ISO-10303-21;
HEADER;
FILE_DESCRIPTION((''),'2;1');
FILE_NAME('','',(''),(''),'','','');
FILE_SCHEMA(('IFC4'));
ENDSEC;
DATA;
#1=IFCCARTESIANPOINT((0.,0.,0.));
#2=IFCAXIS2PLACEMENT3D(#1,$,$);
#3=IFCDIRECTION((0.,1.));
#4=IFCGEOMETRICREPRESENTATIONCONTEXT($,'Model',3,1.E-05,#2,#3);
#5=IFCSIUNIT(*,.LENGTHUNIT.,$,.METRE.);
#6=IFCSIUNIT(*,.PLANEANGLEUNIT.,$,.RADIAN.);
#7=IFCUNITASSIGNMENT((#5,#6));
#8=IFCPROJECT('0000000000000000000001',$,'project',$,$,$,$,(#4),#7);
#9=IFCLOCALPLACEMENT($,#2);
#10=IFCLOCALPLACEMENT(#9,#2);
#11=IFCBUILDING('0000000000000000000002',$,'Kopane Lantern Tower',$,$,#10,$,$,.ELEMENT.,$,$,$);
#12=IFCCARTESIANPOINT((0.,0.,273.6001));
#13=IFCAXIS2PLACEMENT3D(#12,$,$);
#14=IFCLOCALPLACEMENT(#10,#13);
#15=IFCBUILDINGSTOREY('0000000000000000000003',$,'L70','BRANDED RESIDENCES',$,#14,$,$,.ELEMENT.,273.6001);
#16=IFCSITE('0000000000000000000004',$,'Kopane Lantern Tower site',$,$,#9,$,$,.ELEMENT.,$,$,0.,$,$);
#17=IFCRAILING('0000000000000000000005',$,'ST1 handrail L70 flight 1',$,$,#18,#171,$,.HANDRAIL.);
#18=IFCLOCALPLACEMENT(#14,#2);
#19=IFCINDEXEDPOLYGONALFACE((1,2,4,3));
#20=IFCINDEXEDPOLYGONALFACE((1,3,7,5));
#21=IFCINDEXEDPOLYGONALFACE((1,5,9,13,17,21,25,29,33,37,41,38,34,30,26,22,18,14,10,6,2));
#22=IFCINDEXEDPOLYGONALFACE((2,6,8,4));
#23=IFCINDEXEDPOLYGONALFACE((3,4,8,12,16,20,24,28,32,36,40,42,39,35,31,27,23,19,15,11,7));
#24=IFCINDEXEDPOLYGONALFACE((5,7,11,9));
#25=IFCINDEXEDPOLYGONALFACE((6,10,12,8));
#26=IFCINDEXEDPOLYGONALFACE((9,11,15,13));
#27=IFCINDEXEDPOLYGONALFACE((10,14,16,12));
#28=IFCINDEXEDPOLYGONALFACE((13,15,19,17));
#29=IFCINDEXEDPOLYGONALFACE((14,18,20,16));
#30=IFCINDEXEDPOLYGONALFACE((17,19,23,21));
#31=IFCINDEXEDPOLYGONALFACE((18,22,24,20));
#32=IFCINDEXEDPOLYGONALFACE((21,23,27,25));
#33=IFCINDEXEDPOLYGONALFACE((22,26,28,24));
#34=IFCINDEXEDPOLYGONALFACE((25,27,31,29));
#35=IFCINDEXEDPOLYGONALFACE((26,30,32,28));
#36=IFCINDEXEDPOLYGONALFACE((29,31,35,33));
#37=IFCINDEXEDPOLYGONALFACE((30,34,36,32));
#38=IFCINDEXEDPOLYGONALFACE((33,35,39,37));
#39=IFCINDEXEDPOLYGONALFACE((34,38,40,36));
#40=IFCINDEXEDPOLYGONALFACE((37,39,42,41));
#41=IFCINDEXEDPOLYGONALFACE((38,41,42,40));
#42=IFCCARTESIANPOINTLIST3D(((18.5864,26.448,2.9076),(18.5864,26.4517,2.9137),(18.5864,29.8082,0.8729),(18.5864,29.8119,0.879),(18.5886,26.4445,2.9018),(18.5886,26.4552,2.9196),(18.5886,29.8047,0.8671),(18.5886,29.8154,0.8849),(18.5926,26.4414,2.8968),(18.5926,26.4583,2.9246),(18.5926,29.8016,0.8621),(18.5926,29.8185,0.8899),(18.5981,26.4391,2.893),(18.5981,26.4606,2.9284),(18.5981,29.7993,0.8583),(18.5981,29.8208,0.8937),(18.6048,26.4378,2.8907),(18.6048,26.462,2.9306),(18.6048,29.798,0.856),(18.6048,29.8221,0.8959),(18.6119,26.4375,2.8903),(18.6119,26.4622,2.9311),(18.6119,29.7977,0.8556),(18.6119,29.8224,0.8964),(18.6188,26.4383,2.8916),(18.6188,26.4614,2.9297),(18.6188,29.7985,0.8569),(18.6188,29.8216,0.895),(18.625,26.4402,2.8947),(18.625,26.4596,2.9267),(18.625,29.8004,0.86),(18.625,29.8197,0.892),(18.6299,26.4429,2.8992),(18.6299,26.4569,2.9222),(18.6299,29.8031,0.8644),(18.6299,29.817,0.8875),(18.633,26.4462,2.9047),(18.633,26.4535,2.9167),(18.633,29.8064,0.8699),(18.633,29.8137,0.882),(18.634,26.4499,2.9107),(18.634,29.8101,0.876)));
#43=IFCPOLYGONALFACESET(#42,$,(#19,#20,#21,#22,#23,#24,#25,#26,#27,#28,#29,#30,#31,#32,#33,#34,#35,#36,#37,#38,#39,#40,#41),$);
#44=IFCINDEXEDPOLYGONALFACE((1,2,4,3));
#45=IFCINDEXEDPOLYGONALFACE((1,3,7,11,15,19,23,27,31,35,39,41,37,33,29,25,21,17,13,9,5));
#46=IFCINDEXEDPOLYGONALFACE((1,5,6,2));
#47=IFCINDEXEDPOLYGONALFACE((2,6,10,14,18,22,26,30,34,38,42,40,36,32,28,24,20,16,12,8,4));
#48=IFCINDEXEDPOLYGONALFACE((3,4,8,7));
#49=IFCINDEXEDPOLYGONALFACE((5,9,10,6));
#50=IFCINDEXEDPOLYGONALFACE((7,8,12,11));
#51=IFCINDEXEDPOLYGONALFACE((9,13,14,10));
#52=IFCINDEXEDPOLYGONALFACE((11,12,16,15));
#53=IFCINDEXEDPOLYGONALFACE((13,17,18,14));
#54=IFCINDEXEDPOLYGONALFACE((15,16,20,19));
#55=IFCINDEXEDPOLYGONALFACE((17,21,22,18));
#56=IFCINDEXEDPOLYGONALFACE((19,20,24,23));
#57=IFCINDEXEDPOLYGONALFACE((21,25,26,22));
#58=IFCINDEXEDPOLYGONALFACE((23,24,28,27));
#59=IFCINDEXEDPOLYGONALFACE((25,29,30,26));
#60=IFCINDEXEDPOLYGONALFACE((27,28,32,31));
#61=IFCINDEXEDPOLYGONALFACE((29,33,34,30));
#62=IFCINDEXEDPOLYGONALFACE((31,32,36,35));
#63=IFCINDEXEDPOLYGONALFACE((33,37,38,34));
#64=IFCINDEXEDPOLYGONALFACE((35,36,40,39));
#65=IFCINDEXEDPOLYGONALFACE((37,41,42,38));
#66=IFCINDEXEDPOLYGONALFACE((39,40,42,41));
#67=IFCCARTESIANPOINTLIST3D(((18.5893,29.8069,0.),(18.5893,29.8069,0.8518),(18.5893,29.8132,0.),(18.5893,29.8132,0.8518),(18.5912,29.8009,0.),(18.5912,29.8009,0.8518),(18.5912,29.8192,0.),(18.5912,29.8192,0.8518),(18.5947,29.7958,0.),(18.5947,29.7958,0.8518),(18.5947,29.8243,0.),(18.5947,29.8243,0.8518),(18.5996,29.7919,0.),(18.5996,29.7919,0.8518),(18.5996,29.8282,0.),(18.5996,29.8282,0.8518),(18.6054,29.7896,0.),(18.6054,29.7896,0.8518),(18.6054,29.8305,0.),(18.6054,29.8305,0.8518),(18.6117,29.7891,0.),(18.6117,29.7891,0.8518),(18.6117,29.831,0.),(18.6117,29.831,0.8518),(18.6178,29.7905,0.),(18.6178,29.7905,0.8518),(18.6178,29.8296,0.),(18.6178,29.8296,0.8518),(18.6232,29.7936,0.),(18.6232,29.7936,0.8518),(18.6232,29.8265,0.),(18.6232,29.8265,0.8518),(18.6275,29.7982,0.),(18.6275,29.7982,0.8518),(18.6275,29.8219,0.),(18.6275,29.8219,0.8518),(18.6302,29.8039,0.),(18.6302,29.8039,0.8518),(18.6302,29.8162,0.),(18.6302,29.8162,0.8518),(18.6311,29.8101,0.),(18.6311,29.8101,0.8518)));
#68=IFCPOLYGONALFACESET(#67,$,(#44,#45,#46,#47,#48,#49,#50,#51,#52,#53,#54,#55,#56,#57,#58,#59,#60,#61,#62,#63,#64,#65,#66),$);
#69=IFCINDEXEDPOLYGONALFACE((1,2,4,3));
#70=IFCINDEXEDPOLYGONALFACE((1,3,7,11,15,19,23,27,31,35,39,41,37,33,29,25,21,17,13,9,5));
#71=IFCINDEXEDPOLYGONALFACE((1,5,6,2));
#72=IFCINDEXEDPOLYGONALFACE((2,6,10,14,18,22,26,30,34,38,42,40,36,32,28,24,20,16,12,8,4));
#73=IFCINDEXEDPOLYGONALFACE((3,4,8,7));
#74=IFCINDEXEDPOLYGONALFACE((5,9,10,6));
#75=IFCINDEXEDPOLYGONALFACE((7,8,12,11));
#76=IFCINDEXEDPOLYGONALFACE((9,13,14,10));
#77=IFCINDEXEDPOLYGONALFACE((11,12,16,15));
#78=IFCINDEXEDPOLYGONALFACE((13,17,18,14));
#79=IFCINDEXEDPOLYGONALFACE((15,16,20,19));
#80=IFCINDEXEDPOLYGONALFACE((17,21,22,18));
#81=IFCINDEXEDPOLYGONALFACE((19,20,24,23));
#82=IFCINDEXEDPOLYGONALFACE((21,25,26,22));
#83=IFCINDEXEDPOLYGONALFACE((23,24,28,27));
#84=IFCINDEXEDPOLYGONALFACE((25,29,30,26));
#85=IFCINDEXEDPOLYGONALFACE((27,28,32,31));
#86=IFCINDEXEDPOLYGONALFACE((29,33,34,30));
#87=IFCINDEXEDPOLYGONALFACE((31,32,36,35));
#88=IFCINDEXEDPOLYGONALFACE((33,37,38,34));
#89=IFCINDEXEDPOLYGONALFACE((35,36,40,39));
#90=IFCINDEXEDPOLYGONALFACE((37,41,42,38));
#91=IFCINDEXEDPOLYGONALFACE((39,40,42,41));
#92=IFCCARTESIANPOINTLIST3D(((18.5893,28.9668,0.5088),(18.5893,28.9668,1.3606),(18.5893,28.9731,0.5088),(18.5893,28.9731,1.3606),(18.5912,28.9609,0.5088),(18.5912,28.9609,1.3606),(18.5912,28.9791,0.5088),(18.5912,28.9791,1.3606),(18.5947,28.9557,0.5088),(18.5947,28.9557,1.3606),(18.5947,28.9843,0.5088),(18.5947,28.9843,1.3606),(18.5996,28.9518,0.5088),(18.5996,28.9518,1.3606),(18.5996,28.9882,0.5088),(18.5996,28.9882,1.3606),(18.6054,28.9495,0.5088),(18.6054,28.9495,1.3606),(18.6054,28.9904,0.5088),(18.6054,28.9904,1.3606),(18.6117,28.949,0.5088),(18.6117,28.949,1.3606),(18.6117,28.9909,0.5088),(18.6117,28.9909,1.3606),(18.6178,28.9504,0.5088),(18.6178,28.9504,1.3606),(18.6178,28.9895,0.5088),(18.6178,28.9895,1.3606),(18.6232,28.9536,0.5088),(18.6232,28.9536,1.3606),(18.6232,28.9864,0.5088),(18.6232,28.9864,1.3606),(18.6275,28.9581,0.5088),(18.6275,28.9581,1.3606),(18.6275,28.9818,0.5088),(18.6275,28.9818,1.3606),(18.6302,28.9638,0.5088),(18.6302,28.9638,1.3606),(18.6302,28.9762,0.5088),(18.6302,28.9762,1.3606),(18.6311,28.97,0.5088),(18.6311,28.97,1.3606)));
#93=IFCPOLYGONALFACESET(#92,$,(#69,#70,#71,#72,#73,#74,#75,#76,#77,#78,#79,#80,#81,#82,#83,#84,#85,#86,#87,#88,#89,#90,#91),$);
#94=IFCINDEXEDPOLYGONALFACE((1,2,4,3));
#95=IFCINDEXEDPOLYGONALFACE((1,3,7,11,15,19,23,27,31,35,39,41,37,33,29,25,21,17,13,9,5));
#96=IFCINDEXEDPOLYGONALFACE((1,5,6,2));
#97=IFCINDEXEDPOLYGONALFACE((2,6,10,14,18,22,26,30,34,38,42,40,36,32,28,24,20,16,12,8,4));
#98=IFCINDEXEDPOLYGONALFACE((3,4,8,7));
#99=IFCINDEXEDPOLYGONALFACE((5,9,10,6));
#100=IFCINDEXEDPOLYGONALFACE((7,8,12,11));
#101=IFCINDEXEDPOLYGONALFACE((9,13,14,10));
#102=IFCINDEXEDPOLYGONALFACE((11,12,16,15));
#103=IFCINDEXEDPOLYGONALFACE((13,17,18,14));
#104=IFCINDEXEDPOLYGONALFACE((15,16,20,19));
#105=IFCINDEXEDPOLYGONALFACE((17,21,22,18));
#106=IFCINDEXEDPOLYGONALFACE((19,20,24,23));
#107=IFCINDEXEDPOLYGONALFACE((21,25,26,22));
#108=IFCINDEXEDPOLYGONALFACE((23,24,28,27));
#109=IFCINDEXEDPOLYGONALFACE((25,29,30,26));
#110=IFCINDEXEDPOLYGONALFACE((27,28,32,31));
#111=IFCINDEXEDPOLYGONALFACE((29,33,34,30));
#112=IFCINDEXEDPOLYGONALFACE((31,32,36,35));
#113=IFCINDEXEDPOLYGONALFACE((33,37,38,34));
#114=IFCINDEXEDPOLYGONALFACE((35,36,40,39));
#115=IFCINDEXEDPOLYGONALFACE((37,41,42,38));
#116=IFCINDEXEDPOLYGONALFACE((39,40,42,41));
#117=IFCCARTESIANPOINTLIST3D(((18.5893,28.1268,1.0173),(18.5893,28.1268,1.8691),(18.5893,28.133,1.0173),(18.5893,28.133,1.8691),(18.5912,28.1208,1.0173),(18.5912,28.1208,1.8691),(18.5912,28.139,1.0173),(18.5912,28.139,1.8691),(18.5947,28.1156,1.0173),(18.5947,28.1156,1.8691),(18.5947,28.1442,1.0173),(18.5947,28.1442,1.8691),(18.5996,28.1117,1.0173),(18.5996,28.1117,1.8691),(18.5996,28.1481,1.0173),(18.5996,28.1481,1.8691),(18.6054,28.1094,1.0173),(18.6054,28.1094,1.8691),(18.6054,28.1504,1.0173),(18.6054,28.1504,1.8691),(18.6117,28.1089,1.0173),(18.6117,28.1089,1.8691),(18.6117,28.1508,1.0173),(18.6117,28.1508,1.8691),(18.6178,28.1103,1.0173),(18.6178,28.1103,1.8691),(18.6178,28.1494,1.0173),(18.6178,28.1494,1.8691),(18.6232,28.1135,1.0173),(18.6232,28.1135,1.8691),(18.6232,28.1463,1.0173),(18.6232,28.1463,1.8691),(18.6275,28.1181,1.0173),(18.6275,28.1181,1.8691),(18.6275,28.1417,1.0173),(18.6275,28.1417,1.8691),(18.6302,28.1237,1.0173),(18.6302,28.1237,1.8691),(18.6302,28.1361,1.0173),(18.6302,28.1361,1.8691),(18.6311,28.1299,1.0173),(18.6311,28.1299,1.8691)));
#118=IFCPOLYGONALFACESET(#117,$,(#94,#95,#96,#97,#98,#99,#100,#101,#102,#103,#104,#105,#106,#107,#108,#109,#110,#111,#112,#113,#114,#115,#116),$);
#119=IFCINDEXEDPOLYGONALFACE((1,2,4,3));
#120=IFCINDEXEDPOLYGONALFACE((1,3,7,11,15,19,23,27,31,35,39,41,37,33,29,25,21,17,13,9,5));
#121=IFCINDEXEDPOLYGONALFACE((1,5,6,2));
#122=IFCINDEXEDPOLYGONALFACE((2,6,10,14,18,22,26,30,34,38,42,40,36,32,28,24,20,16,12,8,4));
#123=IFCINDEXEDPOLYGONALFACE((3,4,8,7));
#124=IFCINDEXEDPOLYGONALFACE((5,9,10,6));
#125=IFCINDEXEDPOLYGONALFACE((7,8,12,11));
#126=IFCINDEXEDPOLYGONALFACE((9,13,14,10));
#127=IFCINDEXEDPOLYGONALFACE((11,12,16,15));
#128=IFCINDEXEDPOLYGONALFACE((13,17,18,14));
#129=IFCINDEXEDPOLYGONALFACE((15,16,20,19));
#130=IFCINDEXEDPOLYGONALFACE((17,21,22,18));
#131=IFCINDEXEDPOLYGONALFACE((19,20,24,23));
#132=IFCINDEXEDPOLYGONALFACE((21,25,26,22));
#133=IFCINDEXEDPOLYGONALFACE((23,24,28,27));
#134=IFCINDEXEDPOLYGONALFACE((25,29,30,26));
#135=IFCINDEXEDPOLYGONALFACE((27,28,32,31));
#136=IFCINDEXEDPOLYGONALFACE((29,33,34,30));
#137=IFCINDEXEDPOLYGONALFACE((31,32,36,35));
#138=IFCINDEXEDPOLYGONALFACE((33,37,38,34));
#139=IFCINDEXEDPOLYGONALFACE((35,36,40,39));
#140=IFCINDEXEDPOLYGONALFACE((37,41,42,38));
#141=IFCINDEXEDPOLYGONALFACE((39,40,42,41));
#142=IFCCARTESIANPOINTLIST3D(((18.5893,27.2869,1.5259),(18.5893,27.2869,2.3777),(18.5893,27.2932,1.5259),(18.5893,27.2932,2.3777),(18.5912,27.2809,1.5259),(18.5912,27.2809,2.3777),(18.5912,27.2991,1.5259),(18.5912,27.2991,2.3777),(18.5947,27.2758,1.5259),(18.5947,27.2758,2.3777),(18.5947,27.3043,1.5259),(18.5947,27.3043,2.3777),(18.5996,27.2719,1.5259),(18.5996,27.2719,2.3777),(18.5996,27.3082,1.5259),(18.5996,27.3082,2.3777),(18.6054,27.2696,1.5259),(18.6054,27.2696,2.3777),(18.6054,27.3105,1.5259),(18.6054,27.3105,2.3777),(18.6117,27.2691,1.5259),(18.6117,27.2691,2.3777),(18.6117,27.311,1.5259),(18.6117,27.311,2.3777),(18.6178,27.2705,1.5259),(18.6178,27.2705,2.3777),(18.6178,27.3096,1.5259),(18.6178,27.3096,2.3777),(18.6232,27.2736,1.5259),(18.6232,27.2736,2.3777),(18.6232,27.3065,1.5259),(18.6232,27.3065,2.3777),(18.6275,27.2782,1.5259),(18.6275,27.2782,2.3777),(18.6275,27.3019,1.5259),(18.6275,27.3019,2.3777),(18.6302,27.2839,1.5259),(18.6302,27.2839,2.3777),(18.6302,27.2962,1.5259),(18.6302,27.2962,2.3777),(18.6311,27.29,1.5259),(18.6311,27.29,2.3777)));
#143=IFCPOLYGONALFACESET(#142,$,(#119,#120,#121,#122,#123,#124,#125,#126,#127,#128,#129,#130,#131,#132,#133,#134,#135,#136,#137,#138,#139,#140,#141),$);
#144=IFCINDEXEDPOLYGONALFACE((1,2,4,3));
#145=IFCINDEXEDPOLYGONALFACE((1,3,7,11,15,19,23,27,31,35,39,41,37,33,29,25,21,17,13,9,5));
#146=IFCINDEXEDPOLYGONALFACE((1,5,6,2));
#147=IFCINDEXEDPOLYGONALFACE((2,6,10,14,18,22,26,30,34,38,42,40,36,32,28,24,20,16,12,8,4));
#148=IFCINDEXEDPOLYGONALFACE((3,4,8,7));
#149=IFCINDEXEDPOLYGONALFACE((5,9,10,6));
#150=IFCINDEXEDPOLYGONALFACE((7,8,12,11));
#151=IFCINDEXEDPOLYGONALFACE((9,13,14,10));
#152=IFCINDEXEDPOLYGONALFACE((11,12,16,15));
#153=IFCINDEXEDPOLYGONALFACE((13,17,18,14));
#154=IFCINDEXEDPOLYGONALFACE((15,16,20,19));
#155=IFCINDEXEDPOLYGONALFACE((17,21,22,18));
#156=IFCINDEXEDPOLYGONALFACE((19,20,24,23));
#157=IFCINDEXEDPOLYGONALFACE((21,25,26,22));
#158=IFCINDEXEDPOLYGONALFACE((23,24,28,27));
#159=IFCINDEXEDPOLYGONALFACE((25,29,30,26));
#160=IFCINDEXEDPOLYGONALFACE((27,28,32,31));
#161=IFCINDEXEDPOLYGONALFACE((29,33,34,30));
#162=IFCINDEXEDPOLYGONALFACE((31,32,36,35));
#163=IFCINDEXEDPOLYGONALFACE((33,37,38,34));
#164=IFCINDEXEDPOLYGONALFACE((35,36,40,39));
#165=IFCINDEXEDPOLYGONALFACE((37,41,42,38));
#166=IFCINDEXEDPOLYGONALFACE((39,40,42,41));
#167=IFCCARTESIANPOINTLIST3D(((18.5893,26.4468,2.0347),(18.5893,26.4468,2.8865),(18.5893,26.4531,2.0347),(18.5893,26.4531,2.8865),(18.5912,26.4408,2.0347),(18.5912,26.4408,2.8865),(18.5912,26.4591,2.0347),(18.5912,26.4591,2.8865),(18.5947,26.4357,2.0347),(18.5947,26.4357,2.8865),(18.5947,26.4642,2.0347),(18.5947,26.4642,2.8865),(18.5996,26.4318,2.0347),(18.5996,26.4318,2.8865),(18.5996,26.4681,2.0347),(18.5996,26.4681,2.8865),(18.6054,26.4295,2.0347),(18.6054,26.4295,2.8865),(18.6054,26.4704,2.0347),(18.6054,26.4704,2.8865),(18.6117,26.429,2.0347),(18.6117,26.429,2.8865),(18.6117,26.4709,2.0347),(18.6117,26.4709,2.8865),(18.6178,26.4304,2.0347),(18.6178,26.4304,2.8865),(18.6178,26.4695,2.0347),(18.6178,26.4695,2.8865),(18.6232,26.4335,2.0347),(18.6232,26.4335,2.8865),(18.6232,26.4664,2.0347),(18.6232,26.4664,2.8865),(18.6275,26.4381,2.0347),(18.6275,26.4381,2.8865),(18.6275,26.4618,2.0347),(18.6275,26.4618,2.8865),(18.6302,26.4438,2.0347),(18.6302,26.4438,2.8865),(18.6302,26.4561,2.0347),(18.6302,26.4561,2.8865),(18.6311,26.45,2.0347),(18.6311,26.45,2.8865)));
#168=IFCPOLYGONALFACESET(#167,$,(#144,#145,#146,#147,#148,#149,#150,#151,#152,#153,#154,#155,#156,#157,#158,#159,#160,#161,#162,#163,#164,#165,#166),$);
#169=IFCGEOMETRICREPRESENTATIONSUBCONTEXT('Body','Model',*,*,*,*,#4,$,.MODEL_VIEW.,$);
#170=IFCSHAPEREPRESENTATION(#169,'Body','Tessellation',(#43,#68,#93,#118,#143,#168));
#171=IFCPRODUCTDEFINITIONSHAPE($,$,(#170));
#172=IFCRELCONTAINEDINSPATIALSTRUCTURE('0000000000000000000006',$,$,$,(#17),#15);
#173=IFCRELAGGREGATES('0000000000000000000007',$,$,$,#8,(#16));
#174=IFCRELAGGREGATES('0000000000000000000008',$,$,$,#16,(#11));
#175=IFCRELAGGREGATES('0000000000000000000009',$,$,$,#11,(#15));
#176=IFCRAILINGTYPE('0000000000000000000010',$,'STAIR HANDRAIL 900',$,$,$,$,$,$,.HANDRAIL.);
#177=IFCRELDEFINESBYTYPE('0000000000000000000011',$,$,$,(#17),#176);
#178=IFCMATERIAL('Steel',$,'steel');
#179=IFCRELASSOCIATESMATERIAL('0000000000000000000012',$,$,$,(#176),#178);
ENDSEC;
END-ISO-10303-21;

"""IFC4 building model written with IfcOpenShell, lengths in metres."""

from ifc_helpers import new_model, si_unit, direction, frame, origin, origin_2d, place, context, subcontext, project, spatial, circle, extrude, material, type_object, element, save


model = new_model("IFC4")

# Units and contexts
model_context = context("Model", 3, precision=1e-05, world=origin(), true_north=direction((0.0, 1.0)))
body_context = subcontext(model_context, "Body", "Model", "MODEL_VIEW")
ifc_project = project(units=[si_unit("LENGTHUNIT", "METRE"), si_unit("PLANEANGLEUNIT", "RADIAN")], contexts=[model_context])

# Site, building, storey
site_placement = place(None, origin())
site = spatial("IfcSite", under=ifc_project, at=site_placement, Name="Kopane Lantern Tower site", CompositionType="ELEMENT", RefElevation=0.0)
building_placement = place(site_placement, origin())
building = spatial("IfcBuilding", under=site, at=building_placement, Name="Kopane Lantern Tower", CompositionType="ELEMENT")
storey_placement = place(building_placement, frame((0.0, 0.0, 273.6001)))
storey = spatial("IfcBuildingStorey", under=building, at=storey_placement, Name="L70", Description="BRANDED RESIDENCES", CompositionType="ELEMENT", Elevation=273.6001)

# Railing
ifc_material_1 = material(Name="Steel", Category="steel")
railing_type_1 = type_object("IfcRailingType", Name="STAIR HANDRAIL 900", PredefinedType="HANDRAIL", material=ifc_material_1)
for number, where, name in (
    (1, (18.6101, 29.8101, 0.0), "ST1 handrail L70 flight 1"),
):
    element("IfcRailing", number, at=place(storey_placement, frame(where)), inside=storey, type_object=railing_type_1, Name=name, PredefinedType="HANDRAIL", context=body_context, shape_type="SweptSolid", body=[
        extrude(circle(Radius=0.0239, at=origin_2d()), frame((0.0, 0.0, 0.876), z_axis=(0.0, -0.855396, 0.517974), x_axis=(1.0, 0.0, 0.0)), (0.0, 0.0, 1.0), 3.9282),
        extrude(circle(Radius=0.021, at=origin_2d()), origin(), (0.0, 0.0, 1.0), 0.8518),
        extrude(circle(Radius=0.021, at=origin_2d()), frame((0.0, -0.8401, 0.5088)), (0.0, 0.0, 1.0), 0.8518),
        extrude(circle(Radius=0.021, at=origin_2d()), frame((0.0, -1.6802, 1.0173)), (0.0, 0.0, 1.0), 0.8518),
        extrude(circle(Radius=0.021, at=origin_2d()), frame((0.0, -2.52, 1.5259)), (0.0, 0.0, 1.0), 0.8518),
        extrude(circle(Radius=0.021, at=origin_2d()), frame((0.0, -3.3601, 2.0347)), (0.0, 0.0, 1.0), 0.8518),
    ])

save(model, "model.ifc")
